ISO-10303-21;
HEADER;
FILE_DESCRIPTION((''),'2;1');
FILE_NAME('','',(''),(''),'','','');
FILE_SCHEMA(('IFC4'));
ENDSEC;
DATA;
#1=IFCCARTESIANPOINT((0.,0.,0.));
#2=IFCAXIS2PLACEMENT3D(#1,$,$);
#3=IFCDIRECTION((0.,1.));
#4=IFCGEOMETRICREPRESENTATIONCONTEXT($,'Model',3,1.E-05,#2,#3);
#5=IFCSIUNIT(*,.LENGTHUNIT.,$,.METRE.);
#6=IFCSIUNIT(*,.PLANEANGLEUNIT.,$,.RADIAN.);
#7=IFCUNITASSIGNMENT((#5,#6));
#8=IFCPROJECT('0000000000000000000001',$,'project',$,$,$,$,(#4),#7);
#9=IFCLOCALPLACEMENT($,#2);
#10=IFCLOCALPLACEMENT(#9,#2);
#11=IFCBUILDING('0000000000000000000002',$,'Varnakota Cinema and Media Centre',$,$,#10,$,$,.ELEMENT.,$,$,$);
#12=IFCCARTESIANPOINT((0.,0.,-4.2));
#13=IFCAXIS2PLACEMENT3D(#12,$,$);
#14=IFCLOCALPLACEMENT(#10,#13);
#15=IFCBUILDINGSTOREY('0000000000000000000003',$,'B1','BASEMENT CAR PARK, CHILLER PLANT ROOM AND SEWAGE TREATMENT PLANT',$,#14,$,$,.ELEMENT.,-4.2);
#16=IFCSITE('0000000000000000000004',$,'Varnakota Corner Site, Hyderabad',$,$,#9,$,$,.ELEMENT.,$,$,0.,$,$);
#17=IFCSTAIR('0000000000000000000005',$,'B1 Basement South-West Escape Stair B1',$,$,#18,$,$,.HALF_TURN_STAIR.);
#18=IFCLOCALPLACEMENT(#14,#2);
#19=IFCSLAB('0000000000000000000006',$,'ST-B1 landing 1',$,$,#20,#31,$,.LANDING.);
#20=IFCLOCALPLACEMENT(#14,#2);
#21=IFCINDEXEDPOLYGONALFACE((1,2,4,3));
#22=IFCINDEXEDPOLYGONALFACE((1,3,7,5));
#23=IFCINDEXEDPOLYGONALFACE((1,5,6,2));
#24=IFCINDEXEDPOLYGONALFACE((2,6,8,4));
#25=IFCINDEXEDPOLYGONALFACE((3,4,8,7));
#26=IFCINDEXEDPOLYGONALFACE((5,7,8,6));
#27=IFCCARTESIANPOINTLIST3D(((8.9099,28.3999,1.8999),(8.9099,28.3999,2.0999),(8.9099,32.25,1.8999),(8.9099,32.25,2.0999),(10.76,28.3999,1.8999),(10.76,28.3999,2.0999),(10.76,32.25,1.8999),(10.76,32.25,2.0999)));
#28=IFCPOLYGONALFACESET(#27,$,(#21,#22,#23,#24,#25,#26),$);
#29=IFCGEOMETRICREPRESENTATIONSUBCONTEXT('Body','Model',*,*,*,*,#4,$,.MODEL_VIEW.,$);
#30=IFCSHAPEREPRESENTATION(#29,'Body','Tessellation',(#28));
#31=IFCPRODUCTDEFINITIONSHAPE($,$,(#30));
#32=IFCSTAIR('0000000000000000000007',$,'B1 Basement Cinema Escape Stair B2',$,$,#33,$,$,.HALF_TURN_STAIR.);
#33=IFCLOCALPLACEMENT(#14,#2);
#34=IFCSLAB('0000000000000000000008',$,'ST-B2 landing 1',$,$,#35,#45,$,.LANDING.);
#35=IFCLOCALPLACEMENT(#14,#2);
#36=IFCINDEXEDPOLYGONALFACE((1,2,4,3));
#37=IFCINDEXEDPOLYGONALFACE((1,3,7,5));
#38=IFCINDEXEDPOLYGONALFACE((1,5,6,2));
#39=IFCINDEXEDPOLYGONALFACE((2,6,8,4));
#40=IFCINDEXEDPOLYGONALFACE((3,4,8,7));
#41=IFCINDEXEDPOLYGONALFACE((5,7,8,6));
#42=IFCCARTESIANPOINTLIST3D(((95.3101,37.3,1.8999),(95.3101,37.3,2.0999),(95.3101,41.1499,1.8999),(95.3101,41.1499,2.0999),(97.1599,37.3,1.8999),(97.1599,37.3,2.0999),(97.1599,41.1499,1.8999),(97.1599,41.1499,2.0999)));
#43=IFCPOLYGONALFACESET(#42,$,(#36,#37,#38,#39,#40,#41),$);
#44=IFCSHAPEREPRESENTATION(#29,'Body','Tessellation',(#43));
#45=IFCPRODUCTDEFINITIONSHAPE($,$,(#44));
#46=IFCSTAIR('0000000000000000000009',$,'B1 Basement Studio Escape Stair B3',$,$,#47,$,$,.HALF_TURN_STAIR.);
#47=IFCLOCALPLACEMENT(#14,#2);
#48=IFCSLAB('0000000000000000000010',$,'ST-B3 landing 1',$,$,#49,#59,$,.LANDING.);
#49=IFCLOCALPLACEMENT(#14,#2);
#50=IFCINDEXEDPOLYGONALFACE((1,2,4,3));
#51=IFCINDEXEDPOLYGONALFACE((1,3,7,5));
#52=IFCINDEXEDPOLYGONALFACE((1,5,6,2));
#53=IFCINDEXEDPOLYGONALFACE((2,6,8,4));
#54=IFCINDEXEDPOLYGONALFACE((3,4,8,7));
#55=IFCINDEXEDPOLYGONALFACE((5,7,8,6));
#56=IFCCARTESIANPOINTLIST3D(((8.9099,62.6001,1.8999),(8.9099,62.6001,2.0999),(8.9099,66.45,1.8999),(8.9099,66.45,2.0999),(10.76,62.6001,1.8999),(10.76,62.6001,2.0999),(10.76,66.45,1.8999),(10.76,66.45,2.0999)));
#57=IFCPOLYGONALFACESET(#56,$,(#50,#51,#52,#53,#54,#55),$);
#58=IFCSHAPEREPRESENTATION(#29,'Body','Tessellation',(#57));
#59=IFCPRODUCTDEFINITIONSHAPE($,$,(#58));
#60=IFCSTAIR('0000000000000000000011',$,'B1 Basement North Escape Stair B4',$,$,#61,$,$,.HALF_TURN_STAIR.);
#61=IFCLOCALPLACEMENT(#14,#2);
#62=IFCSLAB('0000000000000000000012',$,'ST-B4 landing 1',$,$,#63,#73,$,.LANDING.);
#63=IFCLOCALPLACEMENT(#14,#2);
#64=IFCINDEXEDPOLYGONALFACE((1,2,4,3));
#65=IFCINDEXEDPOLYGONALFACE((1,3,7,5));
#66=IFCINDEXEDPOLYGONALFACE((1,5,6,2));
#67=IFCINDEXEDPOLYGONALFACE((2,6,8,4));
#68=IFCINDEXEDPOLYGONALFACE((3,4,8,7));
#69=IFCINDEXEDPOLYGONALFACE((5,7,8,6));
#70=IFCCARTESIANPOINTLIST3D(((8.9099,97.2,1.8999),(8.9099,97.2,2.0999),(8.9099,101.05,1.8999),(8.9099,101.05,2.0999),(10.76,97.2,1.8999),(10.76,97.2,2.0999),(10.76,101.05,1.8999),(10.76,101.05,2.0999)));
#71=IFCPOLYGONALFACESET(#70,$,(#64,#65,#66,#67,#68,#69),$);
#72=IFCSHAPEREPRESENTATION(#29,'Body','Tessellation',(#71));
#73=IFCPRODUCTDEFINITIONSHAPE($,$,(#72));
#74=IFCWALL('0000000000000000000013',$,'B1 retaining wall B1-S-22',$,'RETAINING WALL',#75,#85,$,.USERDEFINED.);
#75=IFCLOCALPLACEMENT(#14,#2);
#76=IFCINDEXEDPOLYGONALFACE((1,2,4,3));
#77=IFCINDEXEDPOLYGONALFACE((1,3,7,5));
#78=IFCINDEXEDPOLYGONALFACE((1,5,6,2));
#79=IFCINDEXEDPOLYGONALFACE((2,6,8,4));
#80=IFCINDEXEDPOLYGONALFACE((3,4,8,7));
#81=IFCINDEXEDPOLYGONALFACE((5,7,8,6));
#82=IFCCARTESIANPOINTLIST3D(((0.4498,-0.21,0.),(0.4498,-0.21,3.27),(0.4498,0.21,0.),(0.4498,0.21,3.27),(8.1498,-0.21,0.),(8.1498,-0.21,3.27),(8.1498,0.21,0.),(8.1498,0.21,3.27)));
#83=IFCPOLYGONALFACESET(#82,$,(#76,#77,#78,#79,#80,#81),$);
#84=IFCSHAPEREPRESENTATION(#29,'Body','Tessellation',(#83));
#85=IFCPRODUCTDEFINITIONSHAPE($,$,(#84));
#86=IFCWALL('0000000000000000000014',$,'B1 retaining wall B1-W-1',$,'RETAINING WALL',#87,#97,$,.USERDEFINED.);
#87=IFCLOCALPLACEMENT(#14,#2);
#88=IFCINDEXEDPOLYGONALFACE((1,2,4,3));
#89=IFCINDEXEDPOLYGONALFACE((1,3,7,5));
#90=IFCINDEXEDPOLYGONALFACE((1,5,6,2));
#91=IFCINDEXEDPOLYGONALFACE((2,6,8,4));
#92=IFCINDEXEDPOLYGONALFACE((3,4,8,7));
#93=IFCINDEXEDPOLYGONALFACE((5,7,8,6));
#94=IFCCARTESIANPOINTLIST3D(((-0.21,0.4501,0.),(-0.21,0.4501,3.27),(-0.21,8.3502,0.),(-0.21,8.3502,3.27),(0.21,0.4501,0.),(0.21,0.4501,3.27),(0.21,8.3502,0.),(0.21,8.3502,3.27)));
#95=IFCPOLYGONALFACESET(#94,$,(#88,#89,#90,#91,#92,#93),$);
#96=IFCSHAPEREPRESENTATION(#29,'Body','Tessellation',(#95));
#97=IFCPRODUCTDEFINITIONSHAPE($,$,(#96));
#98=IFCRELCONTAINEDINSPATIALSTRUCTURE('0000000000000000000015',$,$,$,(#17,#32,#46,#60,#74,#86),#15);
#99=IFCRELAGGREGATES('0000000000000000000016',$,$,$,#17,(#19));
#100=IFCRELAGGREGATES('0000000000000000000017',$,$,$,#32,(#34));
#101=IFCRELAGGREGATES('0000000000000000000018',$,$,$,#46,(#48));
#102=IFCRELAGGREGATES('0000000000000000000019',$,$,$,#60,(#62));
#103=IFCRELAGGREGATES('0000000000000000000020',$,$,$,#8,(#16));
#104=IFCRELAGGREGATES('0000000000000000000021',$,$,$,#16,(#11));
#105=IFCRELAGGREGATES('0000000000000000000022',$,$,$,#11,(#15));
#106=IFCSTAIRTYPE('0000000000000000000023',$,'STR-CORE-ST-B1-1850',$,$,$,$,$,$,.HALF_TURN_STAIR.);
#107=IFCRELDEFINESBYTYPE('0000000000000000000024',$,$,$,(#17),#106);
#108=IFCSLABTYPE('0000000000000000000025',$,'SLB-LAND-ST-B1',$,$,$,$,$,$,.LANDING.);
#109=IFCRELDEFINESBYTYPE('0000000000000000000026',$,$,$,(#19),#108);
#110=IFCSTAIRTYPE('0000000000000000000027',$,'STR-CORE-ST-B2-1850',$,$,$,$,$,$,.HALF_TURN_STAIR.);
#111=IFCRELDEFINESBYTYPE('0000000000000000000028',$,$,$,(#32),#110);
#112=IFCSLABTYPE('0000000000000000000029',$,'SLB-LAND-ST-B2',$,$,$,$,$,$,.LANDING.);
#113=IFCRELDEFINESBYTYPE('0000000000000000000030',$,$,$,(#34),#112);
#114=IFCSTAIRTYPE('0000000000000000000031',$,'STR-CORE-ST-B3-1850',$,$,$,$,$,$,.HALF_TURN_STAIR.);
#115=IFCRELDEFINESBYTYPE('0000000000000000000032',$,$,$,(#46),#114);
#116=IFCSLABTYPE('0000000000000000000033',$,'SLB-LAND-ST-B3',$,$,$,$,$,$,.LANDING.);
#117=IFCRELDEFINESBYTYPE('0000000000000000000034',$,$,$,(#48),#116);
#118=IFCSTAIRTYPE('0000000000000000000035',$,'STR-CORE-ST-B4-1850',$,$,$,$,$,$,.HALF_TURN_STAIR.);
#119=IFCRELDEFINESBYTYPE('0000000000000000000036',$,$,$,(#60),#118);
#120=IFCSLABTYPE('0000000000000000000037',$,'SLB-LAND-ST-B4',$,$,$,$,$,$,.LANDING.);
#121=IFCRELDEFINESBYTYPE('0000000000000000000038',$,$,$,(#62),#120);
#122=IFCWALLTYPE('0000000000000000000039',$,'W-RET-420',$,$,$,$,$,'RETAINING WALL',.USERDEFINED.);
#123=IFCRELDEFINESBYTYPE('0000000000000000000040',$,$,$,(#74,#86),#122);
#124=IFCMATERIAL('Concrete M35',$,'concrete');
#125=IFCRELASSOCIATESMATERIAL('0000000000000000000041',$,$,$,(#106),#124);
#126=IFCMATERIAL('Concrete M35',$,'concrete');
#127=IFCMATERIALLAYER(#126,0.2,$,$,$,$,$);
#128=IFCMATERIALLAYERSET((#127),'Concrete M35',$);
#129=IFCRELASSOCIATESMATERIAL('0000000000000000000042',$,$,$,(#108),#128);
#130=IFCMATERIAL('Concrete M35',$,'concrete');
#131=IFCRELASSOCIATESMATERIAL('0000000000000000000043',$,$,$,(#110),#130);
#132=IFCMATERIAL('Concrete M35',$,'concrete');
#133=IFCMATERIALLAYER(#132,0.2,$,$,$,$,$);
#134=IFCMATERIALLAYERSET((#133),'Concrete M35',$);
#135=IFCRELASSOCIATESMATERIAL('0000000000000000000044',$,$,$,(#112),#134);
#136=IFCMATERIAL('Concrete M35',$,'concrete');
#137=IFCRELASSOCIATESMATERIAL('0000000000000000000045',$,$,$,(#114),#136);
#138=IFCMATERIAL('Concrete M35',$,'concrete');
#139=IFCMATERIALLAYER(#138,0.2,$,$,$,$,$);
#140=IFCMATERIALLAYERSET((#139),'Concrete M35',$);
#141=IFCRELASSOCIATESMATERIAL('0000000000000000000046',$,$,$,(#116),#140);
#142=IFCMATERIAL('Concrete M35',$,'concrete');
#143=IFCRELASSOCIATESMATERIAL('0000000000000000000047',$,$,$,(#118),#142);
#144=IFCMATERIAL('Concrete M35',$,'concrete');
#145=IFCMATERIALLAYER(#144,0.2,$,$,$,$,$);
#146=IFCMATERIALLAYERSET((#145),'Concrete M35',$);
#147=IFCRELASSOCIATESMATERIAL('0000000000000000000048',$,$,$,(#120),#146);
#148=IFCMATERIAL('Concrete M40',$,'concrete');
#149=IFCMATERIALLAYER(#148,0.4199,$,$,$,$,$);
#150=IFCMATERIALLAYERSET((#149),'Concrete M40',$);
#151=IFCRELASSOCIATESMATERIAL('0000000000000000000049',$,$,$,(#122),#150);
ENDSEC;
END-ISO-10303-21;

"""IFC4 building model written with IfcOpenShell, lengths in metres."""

from ifc_helpers import new_model, si_unit, direction, frame, frame_2d, origin, place, context, subcontext, project, spatial, polyline, rectangle, outline, extrude, material, layer, layer_set, type_object, element, aggregate, save


model = new_model("IFC4")

# Units and contexts
model_context = context("Model", 3, precision=1e-05, world=origin(), true_north=direction((0.0, 1.0)))
body_context = subcontext(model_context, "Body", "Model", "MODEL_VIEW")
ifc_project = project(units=[si_unit("LENGTHUNIT", "METRE"), si_unit("PLANEANGLEUNIT", "RADIAN")], contexts=[model_context])

# Site, building, storey
site_placement = place(None, origin())
site = spatial("IfcSite", under=ifc_project, at=site_placement, Name="Varnakota Corner Site, Hyderabad", CompositionType="ELEMENT", RefElevation=0.0)
building_placement = place(site_placement, origin())
building = spatial("IfcBuilding", under=site, at=building_placement, Name="Varnakota Cinema and Media Centre", CompositionType="ELEMENT")
storey_placement = place(building_placement, frame((0.0, 0.0, -4.2)))
storey = spatial("IfcBuildingStorey", under=building, at=storey_placement, Name="B1", Description="BASEMENT CAR PARK, CHILLER PLANT ROOM AND SEWAGE TREATMENT PLANT", CompositionType="ELEMENT", Elevation=-4.2)

# Stairs, slabs
ifc_material_1 = material(Name="Concrete M35", Category="concrete")
stair_type_1 = type_object("IfcStairType", Name="STR-CORE-ST-B1-1850", PredefinedType="HALF_TURN_STAIR", material=ifc_material_1)
stair_1_placement = place(storey_placement, origin())
stair_1 = element("IfcStair", 1, at=stair_1_placement, inside=storey, type_object=stair_type_1, Name="B1 Basement South-West Escape Stair B1", PredefinedType="HALF_TURN_STAIR")
ifc_material_2 = material(Name="Concrete M35", Category="concrete")
ifc_layer_1 = layer(ifc_material_2, 0.2)
ifc_layer_set_1 = layer_set([ifc_layer_1], Name="Concrete M35")
slab_type_1 = type_object("IfcSlabType", Name="SLB-LAND-ST-B1", PredefinedType="LANDING", material=ifc_layer_set_1)
slab_1_placement = place(storey_placement, frame((0.0, 0.0, 1.8999)))
slab_1 = element("IfcSlab", 2, at=slab_1_placement, type_object=slab_type_1, Name="ST-B1 landing 1", PredefinedType="LANDING", context=body_context, shape_type="SweptSolid", body=[
    extrude(outline(polyline([(8.9099, 28.3999), (10.76, 28.3999), (10.76, 32.25), (8.9099, 32.25), (8.9099, 28.3999)])), origin(), (0.0, 0.0, 1.0), 0.2),
])
aggregate(stair_1, [slab_1])
ifc_material_3 = material(Name="Concrete M35", Category="concrete")
stair_type_2 = type_object("IfcStairType", Name="STR-CORE-ST-B2-1850", PredefinedType="HALF_TURN_STAIR", material=ifc_material_3)
stair_2_placement = place(storey_placement, origin())
stair_2 = element("IfcStair", 3, at=stair_2_placement, inside=storey, type_object=stair_type_2, Name="B1 Basement Cinema Escape Stair B2", PredefinedType="HALF_TURN_STAIR")
ifc_material_4 = material(Name="Concrete M35", Category="concrete")
ifc_layer_2 = layer(ifc_material_4, 0.2)
ifc_layer_set_2 = layer_set([ifc_layer_2], Name="Concrete M35")
slab_type_2 = type_object("IfcSlabType", Name="SLB-LAND-ST-B2", PredefinedType="LANDING", material=ifc_layer_set_2)
slab_2_placement = place(storey_placement, frame((0.0, 0.0, 1.8999)))
slab_2 = element("IfcSlab", 4, at=slab_2_placement, type_object=slab_type_2, Name="ST-B2 landing 1", PredefinedType="LANDING", context=body_context, shape_type="SweptSolid", body=[
    extrude(outline(polyline([(95.3101, 37.3), (97.1599, 37.3), (97.1599, 41.1499), (95.3101, 41.1499), (95.3101, 37.3)])), origin(), (0.0, 0.0, 1.0), 0.2),
])
aggregate(stair_2, [slab_2])
ifc_material_5 = material(Name="Concrete M35", Category="concrete")
stair_type_3 = type_object("IfcStairType", Name="STR-CORE-ST-B3-1850", PredefinedType="HALF_TURN_STAIR", material=ifc_material_5)
stair_3_placement = place(storey_placement, origin())
stair_3 = element("IfcStair", 5, at=stair_3_placement, inside=storey, type_object=stair_type_3, Name="B1 Basement Studio Escape Stair B3", PredefinedType="HALF_TURN_STAIR")
ifc_material_6 = material(Name="Concrete M35", Category="concrete")
ifc_layer_3 = layer(ifc_material_6, 0.2)
ifc_layer_set_3 = layer_set([ifc_layer_3], Name="Concrete M35")
slab_type_3 = type_object("IfcSlabType", Name="SLB-LAND-ST-B3", PredefinedType="LANDING", material=ifc_layer_set_3)
slab_3_placement = place(storey_placement, frame((0.0, 0.0, 1.8999)))
slab_3 = element("IfcSlab", 6, at=slab_3_placement, type_object=slab_type_3, Name="ST-B3 landing 1", PredefinedType="LANDING", context=body_context, shape_type="SweptSolid", body=[
    extrude(outline(polyline([(8.9099, 62.6001), (10.76, 62.6001), (10.76, 66.45), (8.9099, 66.45), (8.9099, 62.6001)])), origin(), (0.0, 0.0, 1.0), 0.2),
])
aggregate(stair_3, [slab_3])
ifc_material_7 = material(Name="Concrete M35", Category="concrete")
stair_type_4 = type_object("IfcStairType", Name="STR-CORE-ST-B4-1850", PredefinedType="HALF_TURN_STAIR", material=ifc_material_7)
stair_4_placement = place(storey_placement, origin())
stair_4 = element("IfcStair", 7, at=stair_4_placement, inside=storey, type_object=stair_type_4, Name="B1 Basement North Escape Stair B4", PredefinedType="HALF_TURN_STAIR")
ifc_material_8 = material(Name="Concrete M35", Category="concrete")
ifc_layer_4 = layer(ifc_material_8, 0.2)
ifc_layer_set_4 = layer_set([ifc_layer_4], Name="Concrete M35")
slab_type_4 = type_object("IfcSlabType", Name="SLB-LAND-ST-B4", PredefinedType="LANDING", material=ifc_layer_set_4)
slab_4_placement = place(storey_placement, frame((0.0, 0.0, 1.8999)))
slab_4 = element("IfcSlab", 8, at=slab_4_placement, type_object=slab_type_4, Name="ST-B4 landing 1", PredefinedType="LANDING", context=body_context, shape_type="SweptSolid", body=[
    extrude(outline(polyline([(8.9099, 97.2), (10.76, 97.2), (10.76, 101.05), (8.9099, 101.05), (8.9099, 97.2)])), origin(), (0.0, 0.0, 1.0), 0.2),
])
aggregate(stair_4, [slab_4])

# Walls
ifc_material_9 = material(Name="Concrete M40", Category="concrete")
ifc_layer_5 = layer(ifc_material_9, 0.4199)
ifc_layer_set_5 = layer_set([ifc_layer_5], Name="Concrete M40")
wall_type = type_object("IfcWallType", Name="W-RET-420", ElementType="RETAINING WALL", PredefinedType="USERDEFINED", material=ifc_layer_set_5)
wall_1_placement = place(storey_placement, frame((8.1499, 0.0, 0.0), z_axis=(0.0, 0.0, 1.0), x_axis=(-1.0, 0.0, 0.0)))
element("IfcWall", 9, at=wall_1_placement, inside=storey, type_object=wall_type, Name="B1 retaining wall B1-S-22", ObjectType="RETAINING WALL", PredefinedType="USERDEFINED", context=body_context, shape_type="SweptSolid", body=[
    extrude(rectangle(XDim=7.7, YDim=0.4199, at=frame_2d((3.8501, 0.0))), origin(), (0.0, 0.0, 1.0), 3.27),
])
wall_2_placement = place(storey_placement, frame((0.0, 0.45, 0.0), z_axis=(0.0, 0.0, 1.0), x_axis=(0.0, 1.0, 0.0)))
element("IfcWall", 10, at=wall_2_placement, inside=storey, type_object=wall_type, Name="B1 retaining wall B1-W-1", ObjectType="RETAINING WALL", PredefinedType="USERDEFINED", context=body_context, shape_type="SweptSolid", body=[
    extrude(rectangle(XDim=7.9001, YDim=0.4199, at=frame_2d((3.9502, 0.0))), origin(), (0.0, 0.0, 1.0), 3.27),
])

save(model, "model.ifc")
